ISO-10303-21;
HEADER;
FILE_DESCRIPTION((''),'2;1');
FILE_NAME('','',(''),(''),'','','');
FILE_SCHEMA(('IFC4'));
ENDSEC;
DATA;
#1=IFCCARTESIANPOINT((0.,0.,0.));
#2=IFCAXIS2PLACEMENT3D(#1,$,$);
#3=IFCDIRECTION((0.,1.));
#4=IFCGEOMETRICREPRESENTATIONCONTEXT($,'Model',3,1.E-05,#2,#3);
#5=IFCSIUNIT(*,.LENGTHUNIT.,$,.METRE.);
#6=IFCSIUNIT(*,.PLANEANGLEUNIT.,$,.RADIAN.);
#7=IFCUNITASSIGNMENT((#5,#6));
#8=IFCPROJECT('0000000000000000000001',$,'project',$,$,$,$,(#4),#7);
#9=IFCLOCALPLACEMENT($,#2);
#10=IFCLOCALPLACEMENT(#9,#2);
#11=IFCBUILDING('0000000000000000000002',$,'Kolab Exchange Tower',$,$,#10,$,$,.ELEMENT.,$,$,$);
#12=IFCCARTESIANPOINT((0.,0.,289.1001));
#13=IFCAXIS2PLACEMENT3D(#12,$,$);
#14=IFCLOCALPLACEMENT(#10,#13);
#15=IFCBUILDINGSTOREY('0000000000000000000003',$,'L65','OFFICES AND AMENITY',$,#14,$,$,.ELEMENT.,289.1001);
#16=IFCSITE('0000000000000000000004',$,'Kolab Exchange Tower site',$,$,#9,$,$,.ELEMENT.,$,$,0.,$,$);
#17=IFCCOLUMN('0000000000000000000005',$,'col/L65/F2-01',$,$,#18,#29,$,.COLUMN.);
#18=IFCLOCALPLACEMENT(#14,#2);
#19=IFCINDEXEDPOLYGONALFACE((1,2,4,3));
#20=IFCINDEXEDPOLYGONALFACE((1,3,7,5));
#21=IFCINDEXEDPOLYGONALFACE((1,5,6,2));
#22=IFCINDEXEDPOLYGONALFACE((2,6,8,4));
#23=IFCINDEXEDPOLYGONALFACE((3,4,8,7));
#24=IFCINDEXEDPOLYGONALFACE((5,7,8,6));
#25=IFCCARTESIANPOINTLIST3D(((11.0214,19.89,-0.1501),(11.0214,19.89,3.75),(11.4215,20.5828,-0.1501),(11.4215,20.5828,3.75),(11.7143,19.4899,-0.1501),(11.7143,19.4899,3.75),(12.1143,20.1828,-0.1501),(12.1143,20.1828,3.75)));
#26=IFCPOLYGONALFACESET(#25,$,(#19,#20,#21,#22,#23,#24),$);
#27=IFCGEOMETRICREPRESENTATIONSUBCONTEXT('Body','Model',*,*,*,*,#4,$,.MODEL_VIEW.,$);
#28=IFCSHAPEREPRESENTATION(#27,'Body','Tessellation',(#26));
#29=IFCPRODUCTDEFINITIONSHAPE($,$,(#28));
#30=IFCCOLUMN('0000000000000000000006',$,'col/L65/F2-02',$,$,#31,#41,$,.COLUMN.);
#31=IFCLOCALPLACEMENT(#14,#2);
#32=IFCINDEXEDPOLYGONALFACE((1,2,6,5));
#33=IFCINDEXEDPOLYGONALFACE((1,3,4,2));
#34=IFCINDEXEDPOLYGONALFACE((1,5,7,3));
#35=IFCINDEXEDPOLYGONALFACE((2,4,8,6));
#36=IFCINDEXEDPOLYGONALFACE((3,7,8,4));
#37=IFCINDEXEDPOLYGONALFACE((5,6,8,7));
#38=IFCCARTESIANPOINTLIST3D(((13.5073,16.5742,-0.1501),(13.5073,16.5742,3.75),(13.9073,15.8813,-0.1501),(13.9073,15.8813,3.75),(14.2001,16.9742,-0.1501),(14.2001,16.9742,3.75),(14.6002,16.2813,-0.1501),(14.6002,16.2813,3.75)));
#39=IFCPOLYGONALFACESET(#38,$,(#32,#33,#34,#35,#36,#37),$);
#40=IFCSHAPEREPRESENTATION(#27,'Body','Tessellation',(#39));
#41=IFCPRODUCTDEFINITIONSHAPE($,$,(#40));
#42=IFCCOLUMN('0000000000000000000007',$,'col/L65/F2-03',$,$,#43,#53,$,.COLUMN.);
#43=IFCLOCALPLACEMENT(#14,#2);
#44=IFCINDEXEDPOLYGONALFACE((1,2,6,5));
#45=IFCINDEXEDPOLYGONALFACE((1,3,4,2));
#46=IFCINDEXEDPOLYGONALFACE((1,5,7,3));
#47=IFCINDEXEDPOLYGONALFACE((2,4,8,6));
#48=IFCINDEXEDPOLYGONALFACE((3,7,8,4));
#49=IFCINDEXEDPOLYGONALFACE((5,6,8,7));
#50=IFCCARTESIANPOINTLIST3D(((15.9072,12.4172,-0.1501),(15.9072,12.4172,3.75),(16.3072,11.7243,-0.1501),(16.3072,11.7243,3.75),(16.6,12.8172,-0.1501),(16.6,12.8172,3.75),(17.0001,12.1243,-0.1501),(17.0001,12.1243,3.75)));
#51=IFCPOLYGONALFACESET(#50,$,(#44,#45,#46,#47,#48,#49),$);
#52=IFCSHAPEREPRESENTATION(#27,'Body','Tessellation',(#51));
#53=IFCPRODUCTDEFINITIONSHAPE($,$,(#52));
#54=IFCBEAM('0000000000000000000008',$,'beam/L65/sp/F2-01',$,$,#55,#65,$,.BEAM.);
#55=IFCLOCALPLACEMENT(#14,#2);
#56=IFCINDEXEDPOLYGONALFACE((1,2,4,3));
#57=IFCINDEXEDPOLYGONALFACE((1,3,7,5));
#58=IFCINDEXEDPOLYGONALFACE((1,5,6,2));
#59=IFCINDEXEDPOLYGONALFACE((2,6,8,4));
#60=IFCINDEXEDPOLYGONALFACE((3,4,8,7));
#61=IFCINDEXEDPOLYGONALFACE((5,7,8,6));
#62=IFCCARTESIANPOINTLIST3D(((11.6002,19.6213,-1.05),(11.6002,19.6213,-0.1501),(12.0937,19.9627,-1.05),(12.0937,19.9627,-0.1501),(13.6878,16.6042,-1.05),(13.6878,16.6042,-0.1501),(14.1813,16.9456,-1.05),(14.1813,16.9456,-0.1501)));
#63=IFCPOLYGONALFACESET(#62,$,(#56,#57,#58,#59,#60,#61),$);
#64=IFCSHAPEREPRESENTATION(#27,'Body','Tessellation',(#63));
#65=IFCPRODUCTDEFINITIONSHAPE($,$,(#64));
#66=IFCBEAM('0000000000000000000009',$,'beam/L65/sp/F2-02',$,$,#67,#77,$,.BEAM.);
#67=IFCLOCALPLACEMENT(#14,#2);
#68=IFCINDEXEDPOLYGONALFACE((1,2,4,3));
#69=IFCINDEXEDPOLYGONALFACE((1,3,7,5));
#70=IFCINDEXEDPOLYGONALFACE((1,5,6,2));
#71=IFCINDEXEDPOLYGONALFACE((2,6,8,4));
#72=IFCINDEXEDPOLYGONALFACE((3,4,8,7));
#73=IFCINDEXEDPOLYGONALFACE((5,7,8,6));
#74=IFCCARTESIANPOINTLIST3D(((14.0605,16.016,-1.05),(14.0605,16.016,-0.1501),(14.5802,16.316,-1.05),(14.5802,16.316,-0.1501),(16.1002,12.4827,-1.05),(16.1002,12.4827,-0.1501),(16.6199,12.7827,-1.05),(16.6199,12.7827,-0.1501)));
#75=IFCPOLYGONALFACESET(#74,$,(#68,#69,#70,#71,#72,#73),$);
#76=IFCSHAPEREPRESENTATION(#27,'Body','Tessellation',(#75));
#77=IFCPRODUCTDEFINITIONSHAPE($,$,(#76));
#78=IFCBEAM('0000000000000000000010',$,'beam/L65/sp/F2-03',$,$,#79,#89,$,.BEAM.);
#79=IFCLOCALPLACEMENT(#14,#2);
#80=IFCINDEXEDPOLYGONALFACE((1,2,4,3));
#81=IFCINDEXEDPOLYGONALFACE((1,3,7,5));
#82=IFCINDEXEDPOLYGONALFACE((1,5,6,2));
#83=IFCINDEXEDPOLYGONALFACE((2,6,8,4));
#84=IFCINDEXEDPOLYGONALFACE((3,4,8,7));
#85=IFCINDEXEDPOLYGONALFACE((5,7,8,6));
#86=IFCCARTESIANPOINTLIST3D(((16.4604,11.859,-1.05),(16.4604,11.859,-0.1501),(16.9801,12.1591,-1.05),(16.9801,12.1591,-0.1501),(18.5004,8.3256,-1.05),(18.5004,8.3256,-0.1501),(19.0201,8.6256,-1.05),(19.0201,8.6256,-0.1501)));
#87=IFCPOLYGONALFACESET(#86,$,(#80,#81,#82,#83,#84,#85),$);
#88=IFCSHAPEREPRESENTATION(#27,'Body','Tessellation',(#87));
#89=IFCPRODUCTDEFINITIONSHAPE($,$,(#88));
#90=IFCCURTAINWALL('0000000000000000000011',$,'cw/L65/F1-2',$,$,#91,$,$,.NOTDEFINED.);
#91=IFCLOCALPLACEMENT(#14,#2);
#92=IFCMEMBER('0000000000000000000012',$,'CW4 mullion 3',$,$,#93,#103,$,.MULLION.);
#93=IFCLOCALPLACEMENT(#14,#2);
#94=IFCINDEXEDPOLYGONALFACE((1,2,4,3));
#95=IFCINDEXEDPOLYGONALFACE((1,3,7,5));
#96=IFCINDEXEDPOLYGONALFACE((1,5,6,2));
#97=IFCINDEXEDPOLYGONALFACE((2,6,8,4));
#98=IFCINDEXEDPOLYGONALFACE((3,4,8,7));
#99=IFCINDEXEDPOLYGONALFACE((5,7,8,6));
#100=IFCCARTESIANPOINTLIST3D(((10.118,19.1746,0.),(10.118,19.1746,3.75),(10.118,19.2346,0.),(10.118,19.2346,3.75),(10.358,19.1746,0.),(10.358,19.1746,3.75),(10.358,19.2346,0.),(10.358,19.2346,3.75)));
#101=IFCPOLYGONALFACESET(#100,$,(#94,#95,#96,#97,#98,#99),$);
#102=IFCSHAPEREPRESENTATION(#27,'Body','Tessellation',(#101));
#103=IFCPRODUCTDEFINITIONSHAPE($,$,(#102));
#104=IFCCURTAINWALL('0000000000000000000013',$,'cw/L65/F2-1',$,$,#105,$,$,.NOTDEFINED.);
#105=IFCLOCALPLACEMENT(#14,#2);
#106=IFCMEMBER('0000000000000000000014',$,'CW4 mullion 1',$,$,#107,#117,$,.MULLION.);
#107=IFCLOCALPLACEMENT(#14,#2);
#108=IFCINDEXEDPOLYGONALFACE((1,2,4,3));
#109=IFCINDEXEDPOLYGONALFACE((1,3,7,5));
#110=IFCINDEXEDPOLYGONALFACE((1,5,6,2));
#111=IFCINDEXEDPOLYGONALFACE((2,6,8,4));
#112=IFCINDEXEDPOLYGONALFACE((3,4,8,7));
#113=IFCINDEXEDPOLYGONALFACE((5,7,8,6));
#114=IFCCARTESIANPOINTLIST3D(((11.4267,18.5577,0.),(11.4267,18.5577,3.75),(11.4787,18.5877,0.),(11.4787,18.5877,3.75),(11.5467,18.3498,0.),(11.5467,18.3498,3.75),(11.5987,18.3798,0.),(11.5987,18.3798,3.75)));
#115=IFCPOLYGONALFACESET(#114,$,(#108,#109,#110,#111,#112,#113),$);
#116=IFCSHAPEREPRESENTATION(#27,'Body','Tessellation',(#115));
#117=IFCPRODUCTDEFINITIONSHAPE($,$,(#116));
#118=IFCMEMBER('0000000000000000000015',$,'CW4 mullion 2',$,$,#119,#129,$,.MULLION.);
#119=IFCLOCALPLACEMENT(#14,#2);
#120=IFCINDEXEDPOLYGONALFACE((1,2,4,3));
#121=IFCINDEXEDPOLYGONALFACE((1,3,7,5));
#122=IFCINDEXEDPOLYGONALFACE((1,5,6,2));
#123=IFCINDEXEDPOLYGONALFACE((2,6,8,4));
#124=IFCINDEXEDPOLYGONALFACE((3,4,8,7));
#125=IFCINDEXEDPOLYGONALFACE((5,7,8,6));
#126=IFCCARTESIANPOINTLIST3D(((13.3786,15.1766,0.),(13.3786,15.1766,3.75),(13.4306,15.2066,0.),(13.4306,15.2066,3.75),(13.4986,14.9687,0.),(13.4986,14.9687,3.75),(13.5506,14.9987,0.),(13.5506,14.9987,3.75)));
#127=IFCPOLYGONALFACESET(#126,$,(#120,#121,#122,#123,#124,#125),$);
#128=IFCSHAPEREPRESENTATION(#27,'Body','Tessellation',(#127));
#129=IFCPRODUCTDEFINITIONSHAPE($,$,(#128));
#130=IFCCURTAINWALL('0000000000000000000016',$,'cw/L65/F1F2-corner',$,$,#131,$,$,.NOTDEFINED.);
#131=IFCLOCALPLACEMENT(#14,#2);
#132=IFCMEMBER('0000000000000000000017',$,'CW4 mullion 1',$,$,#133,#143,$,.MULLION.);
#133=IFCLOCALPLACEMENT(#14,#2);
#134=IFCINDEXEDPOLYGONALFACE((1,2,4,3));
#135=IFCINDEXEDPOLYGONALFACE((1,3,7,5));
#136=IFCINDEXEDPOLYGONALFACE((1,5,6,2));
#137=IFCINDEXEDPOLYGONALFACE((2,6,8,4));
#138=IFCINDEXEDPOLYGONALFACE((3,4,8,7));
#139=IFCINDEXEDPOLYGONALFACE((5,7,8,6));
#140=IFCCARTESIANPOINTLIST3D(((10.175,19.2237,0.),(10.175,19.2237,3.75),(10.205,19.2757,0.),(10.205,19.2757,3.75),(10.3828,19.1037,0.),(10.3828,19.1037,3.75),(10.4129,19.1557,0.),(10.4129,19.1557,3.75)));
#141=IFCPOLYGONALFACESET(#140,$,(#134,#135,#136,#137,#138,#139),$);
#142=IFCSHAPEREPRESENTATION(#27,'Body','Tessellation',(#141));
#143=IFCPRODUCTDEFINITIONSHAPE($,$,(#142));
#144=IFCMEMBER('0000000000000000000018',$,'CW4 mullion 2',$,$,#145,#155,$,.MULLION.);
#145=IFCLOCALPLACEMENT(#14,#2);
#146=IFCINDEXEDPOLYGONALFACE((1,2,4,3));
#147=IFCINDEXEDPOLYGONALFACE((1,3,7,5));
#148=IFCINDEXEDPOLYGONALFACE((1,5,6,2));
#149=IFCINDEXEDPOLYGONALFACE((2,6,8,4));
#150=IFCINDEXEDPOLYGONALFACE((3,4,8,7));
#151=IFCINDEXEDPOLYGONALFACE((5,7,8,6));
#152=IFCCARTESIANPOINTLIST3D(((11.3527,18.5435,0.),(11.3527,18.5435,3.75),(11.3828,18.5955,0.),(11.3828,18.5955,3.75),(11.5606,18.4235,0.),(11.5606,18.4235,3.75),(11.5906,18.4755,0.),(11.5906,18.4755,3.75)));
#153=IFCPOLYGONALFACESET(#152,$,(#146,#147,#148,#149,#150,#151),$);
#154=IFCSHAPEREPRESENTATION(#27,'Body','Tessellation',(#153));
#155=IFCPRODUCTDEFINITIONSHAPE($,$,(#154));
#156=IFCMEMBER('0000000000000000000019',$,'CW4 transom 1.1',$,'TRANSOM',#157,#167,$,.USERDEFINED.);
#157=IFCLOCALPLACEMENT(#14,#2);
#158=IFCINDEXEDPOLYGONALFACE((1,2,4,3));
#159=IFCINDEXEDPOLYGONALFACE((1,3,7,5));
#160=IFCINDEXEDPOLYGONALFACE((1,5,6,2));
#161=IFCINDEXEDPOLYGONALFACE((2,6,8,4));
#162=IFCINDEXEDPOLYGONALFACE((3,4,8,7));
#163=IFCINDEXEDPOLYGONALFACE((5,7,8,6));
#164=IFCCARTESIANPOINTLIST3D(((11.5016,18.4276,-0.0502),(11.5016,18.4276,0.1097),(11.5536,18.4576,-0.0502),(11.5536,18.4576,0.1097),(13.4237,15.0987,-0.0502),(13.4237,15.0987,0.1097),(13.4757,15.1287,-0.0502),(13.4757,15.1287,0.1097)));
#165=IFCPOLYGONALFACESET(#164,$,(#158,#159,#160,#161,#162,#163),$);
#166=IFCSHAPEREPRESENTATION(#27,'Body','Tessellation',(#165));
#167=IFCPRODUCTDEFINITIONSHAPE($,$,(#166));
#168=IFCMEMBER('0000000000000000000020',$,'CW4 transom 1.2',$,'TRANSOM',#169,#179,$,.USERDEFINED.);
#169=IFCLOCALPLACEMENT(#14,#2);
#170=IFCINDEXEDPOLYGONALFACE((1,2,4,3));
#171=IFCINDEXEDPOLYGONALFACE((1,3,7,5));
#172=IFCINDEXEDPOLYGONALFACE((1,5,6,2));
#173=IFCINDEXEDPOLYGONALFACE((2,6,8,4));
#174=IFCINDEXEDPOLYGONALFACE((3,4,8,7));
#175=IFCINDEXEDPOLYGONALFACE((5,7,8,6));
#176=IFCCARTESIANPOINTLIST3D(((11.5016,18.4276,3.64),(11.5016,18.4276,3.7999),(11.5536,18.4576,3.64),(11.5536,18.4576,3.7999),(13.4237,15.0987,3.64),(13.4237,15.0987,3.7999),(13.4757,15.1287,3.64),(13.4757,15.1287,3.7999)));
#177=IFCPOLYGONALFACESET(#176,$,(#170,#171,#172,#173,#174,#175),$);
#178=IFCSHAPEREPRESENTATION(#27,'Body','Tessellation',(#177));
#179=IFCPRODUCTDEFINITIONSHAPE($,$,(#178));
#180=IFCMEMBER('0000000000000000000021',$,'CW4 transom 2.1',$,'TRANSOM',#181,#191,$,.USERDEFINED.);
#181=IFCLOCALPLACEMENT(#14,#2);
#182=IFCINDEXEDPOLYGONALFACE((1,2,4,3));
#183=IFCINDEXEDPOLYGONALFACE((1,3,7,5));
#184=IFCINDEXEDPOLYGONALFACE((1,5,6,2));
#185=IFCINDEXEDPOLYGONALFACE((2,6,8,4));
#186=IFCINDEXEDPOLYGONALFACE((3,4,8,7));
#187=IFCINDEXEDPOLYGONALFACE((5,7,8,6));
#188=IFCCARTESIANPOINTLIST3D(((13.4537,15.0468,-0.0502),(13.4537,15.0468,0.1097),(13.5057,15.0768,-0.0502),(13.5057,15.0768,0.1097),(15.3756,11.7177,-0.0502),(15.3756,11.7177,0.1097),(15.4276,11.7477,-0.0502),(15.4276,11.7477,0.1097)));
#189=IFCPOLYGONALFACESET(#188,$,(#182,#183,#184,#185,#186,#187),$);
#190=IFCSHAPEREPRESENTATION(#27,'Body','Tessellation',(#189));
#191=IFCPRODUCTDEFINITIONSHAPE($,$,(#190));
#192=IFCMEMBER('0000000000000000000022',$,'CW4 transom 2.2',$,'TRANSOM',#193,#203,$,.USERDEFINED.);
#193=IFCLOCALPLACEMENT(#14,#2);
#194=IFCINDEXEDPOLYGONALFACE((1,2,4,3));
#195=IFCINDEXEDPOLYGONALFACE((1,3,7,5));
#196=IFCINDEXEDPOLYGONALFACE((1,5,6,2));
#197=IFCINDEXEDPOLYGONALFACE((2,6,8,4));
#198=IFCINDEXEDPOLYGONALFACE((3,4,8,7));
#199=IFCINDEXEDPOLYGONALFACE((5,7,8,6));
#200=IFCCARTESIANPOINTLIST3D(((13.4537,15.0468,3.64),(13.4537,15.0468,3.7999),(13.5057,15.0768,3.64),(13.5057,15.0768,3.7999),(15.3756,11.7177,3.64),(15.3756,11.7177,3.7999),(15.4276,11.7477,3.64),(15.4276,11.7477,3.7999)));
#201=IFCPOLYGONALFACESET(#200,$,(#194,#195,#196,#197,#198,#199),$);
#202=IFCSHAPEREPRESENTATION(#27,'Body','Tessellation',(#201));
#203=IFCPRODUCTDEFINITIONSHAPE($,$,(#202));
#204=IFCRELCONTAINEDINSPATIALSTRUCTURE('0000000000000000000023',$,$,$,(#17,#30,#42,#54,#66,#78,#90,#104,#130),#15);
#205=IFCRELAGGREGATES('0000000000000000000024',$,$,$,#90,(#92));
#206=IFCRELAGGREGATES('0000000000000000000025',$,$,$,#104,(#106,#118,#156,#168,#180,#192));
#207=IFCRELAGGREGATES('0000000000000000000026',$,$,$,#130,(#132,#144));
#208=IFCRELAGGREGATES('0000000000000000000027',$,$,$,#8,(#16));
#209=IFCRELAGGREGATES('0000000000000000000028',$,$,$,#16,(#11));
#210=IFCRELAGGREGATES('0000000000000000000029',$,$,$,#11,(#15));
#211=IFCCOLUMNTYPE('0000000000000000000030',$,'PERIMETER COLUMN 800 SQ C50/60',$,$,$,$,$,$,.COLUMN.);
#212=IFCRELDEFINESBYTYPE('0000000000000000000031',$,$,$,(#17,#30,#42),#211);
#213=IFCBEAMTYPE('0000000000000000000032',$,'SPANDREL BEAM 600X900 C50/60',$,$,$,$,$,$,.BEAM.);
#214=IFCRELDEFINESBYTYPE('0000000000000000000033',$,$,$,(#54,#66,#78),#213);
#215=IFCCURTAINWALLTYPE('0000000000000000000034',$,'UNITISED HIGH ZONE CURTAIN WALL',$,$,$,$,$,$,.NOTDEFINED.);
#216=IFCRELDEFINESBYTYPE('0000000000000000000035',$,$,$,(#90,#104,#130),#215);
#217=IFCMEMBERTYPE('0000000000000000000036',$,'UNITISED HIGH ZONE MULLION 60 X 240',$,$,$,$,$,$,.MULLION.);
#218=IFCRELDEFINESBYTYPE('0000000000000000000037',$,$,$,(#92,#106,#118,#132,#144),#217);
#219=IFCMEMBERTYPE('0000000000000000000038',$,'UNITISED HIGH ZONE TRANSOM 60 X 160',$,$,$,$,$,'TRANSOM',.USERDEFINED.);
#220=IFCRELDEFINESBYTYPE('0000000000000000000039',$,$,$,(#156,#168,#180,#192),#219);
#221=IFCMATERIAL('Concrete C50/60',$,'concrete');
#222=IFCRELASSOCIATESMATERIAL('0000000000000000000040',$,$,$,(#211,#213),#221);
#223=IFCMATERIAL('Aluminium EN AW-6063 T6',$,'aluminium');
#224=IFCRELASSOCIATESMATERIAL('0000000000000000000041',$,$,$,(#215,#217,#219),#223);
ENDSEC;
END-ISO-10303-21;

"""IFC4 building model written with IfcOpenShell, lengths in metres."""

from ifc_helpers import new_model, si_unit, direction, frame, origin, origin_2d, place, context, subcontext, project, spatial, rectangle, extrude, material, material_profile, profile_set, type_object, element, aggregate, save


model = new_model("IFC4")

# Units and contexts
model_context = context("Model", 3, precision=1e-05, world=origin(), true_north=direction((0.0, 1.0)))
body_context = subcontext(model_context, "Body", "Model", "MODEL_VIEW")
ifc_project = project(units=[si_unit("LENGTHUNIT", "METRE"), si_unit("PLANEANGLEUNIT", "RADIAN")], contexts=[model_context])

# Site, building, storey
site_placement = place(None, origin())
site = spatial("IfcSite", under=ifc_project, at=site_placement, Name="Kolab Exchange Tower site", CompositionType="ELEMENT", RefElevation=0.0)
building_placement = place(site_placement, origin())
building = spatial("IfcBuilding", under=site, at=building_placement, Name="Kolab Exchange Tower", CompositionType="ELEMENT")
storey_placement = place(building_placement, frame((0.0, 0.0, 289.1001)))
storey = spatial("IfcBuildingStorey", under=building, at=storey_placement, Name="L65", Description="OFFICES AND AMENITY", CompositionType="ELEMENT", Elevation=289.1001)

# Columns
ifc_material_1 = material(Name="Concrete C50/60", Category="concrete")
ifc_material_profile_1 = material_profile(ifc_material_1, rectangle(XDim=0.8, YDim=0.8, at=origin_2d()), Name="RC800")
ifc_profile_set_1 = profile_set([ifc_material_profile_1], Name="Concrete C50/60")
column_type = type_object("IfcColumnType", Name="PERIMETER COLUMN 800 SQ C50/60", PredefinedType="COLUMN", material=ifc_profile_set_1)
for number, where, z_axis, x_axis, name in (
    (1, (11.5679, 20.0364, -0.1501), (0.0, 0.0, 1.0), (0.5, 0.866025, 0.0), "col/L65/F2-01"),
    (2, (14.0537, 16.4277, -0.1501), (0.0, 0.0, 1.0), (0.866025, 0.5, 0.0), "col/L65/F2-02"),
    (3, (16.4536, 12.2708, -0.1501), (0.0, 0.0, 1.0), (0.866025, 0.5, 0.0), "col/L65/F2-03"),
):
    element("IfcColumn", number, at=place(storey_placement, frame(where, z_axis=z_axis, x_axis=x_axis)), inside=storey, type_object=column_type, Name=name, PredefinedType="COLUMN", context=body_context, shape_type="SweptSolid", body=[
        extrude(rectangle(XDim=0.8, YDim=0.8, at=origin_2d()), origin(), (0.0, 0.0, 1.0), 3.9001),
    ])

# Beams
ifc_material_profile_2 = material_profile(ifc_material_1, rectangle(XDim=0.6001, YDim=0.8999, at=origin_2d()), Name="RC600X900")
ifc_profile_set_2 = profile_set([ifc_material_profile_2], Name="Concrete C50/60")
beam_type = type_object("IfcBeamType", Name="SPANDREL BEAM 600X900 C50/60", PredefinedType="BEAM", material=ifc_profile_set_2)
beam_1_placement = place(storey_placement, frame((11.8469, 19.792, -0.6001), z_axis=(0.569006, -0.822334, 0.0), x_axis=(0.822334, 0.569006, 0.0)))
element("IfcBeam", 4, at=beam_1_placement, inside=storey, type_object=beam_type, Name="beam/L65/sp/F2-01", PredefinedType="BEAM", context=body_context, shape_type="SweptSolid", body=[
    extrude(rectangle(XDim=0.6001, YDim=0.8999, at=origin_2d()), origin(), (0.0, 0.0, 1.0), 3.6689),
])
beam_2_placement = place(storey_placement, frame((14.3203, 16.166, -0.6001), z_axis=(0.499956, -0.866051, 0.0), x_axis=(0.866051, 0.499956, 0.0)))
element("IfcBeam", 5, at=beam_2_placement, inside=storey, type_object=beam_type, Name="beam/L65/sp/F2-02", PredefinedType="BEAM", context=body_context, shape_type="SweptSolid", body=[
    extrude(rectangle(XDim=0.6001, YDim=0.8999, at=origin_2d()), origin(), (0.0, 0.0, 1.0), 4.0798),
])
beam_3_placement = place(storey_placement, frame((16.7202, 12.009, -0.6001), z_axis=(0.5, -0.866025, 0.0), x_axis=(0.866025, 0.5, 0.0)))
element("IfcBeam", 6, at=beam_3_placement, inside=storey, type_object=beam_type, Name="beam/L65/sp/F2-03", PredefinedType="BEAM", context=body_context, shape_type="SweptSolid", body=[
    extrude(rectangle(XDim=0.6001, YDim=0.8999, at=origin_2d()), origin(), (0.0, 0.0, 1.0), 4.0801),
])

# Curtain wall, member
ifc_material_2 = material(Name="Aluminium EN AW-6063 T6", Category="aluminium")
curtain_wall_type = type_object("IfcCurtainWallType", Name="UNITISED HIGH ZONE CURTAIN WALL", PredefinedType="NOTDEFINED", material=ifc_material_2)
curtain_wall_1_placement = place(storey_placement, origin())
curtain_wall_1 = element("IfcCurtainWall", 7, at=curtain_wall_1_placement, inside=storey, type_object=curtain_wall_type, Name="cw/L65/F1-2", PredefinedType="NOTDEFINED")
ifc_material_profile_3 = material_profile(ifc_material_2, rectangle(XDim=0.0601, YDim=0.24, at=origin_2d()), Name="RECT 60X240")
ifc_profile_set_3 = profile_set([ifc_material_profile_3], Name="Aluminium EN AW-6063 T6")
member_type_1 = type_object("IfcMemberType", Name="UNITISED HIGH ZONE MULLION 60 X 240", PredefinedType="MULLION", material=ifc_profile_set_3)
member_1_placement = place(storey_placement, frame((10.238, 19.2046, 0.0), z_axis=(0.0, 0.0, 1.0), x_axis=(0.0, 1.0, 0.0)))
member_1 = element("IfcMember", 8, at=member_1_placement, type_object=member_type_1, Name="CW4 mullion 3", PredefinedType="MULLION", context=body_context, shape_type="SweptSolid", body=[
    extrude(rectangle(XDim=0.0601, YDim=0.24, at=origin_2d()), origin(), (0.0, 0.0, 1.0), 3.75),
])
aggregate(curtain_wall_1, [member_1])

# Curtain walls, members
curtain_wall_2_placement = place(storey_placement, origin())
curtain_wall_2 = element("IfcCurtainWall", 9, at=curtain_wall_2_placement, inside=storey, type_object=curtain_wall_type, Name="cw/L65/F2-1", PredefinedType="NOTDEFINED")
member_2_placement = place(storey_placement, frame((11.5127, 18.4688, 0.0), z_axis=(0.0, 0.0, 1.0), x_axis=(0.866025, 0.5, 0.0)))
member_2 = element("IfcMember", 10, at=member_2_placement, type_object=member_type_1, Name="CW4 mullion 1", PredefinedType="MULLION", context=body_context, shape_type="SweptSolid", body=[
    extrude(rectangle(XDim=0.0601, YDim=0.24, at=origin_2d()), origin(), (0.0, 0.0, 1.0), 3.75),
])
member_3_placement = place(storey_placement, frame((13.4646, 15.0876, 0.0), z_axis=(0.0, 0.0, 1.0), x_axis=(0.866025, 0.5, 0.0)))
member_3 = element("IfcMember", 11, at=member_3_placement, type_object=member_type_1, Name="CW4 mullion 2", PredefinedType="MULLION", context=body_context, shape_type="SweptSolid", body=[
    extrude(rectangle(XDim=0.0601, YDim=0.24, at=origin_2d()), origin(), (0.0, 0.0, 1.0), 3.75),
])
curtain_wall_3_placement = place(storey_placement, origin())
curtain_wall_3 = element("IfcCurtainWall", 12, at=curtain_wall_3_placement, inside=storey, type_object=curtain_wall_type, Name="cw/L65/F1F2-corner", PredefinedType="NOTDEFINED")
member_4_placement = place(storey_placement, frame((10.2939, 19.1897, 0.0), z_axis=(0.0, 0.0, 1.0), x_axis=(0.5, 0.866025, 0.0)))
member_4 = element("IfcMember", 13, at=member_4_placement, type_object=member_type_1, Name="CW4 mullion 1", PredefinedType="MULLION", context=body_context, shape_type="SweptSolid", body=[
    extrude(rectangle(XDim=0.0601, YDim=0.24, at=origin_2d()), origin(), (0.0, 0.0, 1.0), 3.75),
])
member_5_placement = place(storey_placement, frame((11.4717, 18.5095, 0.0), z_axis=(0.0, 0.0, 1.0), x_axis=(0.5, 0.866025, 0.0)))
member_5 = element("IfcMember", 14, at=member_5_placement, type_object=member_type_1, Name="CW4 mullion 2", PredefinedType="MULLION", context=body_context, shape_type="SweptSolid", body=[
    extrude(rectangle(XDim=0.0601, YDim=0.24, at=origin_2d()), origin(), (0.0, 0.0, 1.0), 3.75),
])

# Members
ifc_material_profile_4 = material_profile(ifc_material_2, rectangle(XDim=0.0601, YDim=0.1599, at=origin_2d()), Name="RECT 60X160")
ifc_profile_set_4 = profile_set([ifc_material_profile_4], Name="Aluminium EN AW-6063 T6")
member_type_2 = type_object("IfcMemberType", Name="UNITISED HIGH ZONE TRANSOM 60 X 160", ElementType="TRANSOM", PredefinedType="USERDEFINED", material=ifc_profile_set_4)
member_6_placement = place(storey_placement, frame((11.5276, 18.4426, 0.0298), z_axis=(0.500039, -0.866003, 0.0), x_axis=(0.866003, 0.500039, 0.0)))
member_6 = element("IfcMember", 15, at=member_6_placement, type_object=member_type_2, Name="CW4 transom 1.1", ObjectType="TRANSOM", PredefinedType="USERDEFINED", context=body_context, shape_type="SweptSolid", body=[
    extrude(rectangle(XDim=0.0601, YDim=0.1599, at=origin_2d()), origin(), (0.0, 0.0, 1.0), 3.844),
])
member_7_placement = place(storey_placement, frame((11.5276, 18.4426, 3.72), z_axis=(0.500039, -0.866003, 0.0), x_axis=(0.866003, 0.500039, 0.0)))
member_7 = element("IfcMember", 16, at=member_7_placement, type_object=member_type_2, Name="CW4 transom 1.2", ObjectType="TRANSOM", PredefinedType="USERDEFINED", context=body_context, shape_type="SweptSolid", body=[
    extrude(rectangle(XDim=0.0601, YDim=0.1599, at=origin_2d()), origin(), (0.0, 0.0, 1.0), 3.844),
])
member_8_placement = place(storey_placement, frame((13.4797, 15.0618, 0.0298), z_axis=(0.499964, -0.866046, 0.0), x_axis=(0.866046, 0.499964, 0.0)))
member_8 = element("IfcMember", 17, at=member_8_placement, type_object=member_type_2, Name="CW4 transom 2.1", ObjectType="TRANSOM", PredefinedType="USERDEFINED", context=body_context, shape_type="SweptSolid", body=[
    extrude(rectangle(XDim=0.0601, YDim=0.1599, at=origin_2d()), origin(), (0.0, 0.0, 1.0), 3.844),
])
member_9_placement = place(storey_placement, frame((13.4797, 15.0618, 3.72), z_axis=(0.499964, -0.866046, 0.0), x_axis=(0.866046, 0.499964, 0.0)))
member_9 = element("IfcMember", 18, at=member_9_placement, type_object=member_type_2, Name="CW4 transom 2.2", ObjectType="TRANSOM", PredefinedType="USERDEFINED", context=body_context, shape_type="SweptSolid", body=[
    extrude(rectangle(XDim=0.0601, YDim=0.1599, at=origin_2d()), origin(), (0.0, 0.0, 1.0), 3.844),
])

aggregate(curtain_wall_2, [member_2, member_3, member_6, member_7, member_8, member_9])
aggregate(curtain_wall_3, [member_4, member_5])

save(model, "model.ifc")
